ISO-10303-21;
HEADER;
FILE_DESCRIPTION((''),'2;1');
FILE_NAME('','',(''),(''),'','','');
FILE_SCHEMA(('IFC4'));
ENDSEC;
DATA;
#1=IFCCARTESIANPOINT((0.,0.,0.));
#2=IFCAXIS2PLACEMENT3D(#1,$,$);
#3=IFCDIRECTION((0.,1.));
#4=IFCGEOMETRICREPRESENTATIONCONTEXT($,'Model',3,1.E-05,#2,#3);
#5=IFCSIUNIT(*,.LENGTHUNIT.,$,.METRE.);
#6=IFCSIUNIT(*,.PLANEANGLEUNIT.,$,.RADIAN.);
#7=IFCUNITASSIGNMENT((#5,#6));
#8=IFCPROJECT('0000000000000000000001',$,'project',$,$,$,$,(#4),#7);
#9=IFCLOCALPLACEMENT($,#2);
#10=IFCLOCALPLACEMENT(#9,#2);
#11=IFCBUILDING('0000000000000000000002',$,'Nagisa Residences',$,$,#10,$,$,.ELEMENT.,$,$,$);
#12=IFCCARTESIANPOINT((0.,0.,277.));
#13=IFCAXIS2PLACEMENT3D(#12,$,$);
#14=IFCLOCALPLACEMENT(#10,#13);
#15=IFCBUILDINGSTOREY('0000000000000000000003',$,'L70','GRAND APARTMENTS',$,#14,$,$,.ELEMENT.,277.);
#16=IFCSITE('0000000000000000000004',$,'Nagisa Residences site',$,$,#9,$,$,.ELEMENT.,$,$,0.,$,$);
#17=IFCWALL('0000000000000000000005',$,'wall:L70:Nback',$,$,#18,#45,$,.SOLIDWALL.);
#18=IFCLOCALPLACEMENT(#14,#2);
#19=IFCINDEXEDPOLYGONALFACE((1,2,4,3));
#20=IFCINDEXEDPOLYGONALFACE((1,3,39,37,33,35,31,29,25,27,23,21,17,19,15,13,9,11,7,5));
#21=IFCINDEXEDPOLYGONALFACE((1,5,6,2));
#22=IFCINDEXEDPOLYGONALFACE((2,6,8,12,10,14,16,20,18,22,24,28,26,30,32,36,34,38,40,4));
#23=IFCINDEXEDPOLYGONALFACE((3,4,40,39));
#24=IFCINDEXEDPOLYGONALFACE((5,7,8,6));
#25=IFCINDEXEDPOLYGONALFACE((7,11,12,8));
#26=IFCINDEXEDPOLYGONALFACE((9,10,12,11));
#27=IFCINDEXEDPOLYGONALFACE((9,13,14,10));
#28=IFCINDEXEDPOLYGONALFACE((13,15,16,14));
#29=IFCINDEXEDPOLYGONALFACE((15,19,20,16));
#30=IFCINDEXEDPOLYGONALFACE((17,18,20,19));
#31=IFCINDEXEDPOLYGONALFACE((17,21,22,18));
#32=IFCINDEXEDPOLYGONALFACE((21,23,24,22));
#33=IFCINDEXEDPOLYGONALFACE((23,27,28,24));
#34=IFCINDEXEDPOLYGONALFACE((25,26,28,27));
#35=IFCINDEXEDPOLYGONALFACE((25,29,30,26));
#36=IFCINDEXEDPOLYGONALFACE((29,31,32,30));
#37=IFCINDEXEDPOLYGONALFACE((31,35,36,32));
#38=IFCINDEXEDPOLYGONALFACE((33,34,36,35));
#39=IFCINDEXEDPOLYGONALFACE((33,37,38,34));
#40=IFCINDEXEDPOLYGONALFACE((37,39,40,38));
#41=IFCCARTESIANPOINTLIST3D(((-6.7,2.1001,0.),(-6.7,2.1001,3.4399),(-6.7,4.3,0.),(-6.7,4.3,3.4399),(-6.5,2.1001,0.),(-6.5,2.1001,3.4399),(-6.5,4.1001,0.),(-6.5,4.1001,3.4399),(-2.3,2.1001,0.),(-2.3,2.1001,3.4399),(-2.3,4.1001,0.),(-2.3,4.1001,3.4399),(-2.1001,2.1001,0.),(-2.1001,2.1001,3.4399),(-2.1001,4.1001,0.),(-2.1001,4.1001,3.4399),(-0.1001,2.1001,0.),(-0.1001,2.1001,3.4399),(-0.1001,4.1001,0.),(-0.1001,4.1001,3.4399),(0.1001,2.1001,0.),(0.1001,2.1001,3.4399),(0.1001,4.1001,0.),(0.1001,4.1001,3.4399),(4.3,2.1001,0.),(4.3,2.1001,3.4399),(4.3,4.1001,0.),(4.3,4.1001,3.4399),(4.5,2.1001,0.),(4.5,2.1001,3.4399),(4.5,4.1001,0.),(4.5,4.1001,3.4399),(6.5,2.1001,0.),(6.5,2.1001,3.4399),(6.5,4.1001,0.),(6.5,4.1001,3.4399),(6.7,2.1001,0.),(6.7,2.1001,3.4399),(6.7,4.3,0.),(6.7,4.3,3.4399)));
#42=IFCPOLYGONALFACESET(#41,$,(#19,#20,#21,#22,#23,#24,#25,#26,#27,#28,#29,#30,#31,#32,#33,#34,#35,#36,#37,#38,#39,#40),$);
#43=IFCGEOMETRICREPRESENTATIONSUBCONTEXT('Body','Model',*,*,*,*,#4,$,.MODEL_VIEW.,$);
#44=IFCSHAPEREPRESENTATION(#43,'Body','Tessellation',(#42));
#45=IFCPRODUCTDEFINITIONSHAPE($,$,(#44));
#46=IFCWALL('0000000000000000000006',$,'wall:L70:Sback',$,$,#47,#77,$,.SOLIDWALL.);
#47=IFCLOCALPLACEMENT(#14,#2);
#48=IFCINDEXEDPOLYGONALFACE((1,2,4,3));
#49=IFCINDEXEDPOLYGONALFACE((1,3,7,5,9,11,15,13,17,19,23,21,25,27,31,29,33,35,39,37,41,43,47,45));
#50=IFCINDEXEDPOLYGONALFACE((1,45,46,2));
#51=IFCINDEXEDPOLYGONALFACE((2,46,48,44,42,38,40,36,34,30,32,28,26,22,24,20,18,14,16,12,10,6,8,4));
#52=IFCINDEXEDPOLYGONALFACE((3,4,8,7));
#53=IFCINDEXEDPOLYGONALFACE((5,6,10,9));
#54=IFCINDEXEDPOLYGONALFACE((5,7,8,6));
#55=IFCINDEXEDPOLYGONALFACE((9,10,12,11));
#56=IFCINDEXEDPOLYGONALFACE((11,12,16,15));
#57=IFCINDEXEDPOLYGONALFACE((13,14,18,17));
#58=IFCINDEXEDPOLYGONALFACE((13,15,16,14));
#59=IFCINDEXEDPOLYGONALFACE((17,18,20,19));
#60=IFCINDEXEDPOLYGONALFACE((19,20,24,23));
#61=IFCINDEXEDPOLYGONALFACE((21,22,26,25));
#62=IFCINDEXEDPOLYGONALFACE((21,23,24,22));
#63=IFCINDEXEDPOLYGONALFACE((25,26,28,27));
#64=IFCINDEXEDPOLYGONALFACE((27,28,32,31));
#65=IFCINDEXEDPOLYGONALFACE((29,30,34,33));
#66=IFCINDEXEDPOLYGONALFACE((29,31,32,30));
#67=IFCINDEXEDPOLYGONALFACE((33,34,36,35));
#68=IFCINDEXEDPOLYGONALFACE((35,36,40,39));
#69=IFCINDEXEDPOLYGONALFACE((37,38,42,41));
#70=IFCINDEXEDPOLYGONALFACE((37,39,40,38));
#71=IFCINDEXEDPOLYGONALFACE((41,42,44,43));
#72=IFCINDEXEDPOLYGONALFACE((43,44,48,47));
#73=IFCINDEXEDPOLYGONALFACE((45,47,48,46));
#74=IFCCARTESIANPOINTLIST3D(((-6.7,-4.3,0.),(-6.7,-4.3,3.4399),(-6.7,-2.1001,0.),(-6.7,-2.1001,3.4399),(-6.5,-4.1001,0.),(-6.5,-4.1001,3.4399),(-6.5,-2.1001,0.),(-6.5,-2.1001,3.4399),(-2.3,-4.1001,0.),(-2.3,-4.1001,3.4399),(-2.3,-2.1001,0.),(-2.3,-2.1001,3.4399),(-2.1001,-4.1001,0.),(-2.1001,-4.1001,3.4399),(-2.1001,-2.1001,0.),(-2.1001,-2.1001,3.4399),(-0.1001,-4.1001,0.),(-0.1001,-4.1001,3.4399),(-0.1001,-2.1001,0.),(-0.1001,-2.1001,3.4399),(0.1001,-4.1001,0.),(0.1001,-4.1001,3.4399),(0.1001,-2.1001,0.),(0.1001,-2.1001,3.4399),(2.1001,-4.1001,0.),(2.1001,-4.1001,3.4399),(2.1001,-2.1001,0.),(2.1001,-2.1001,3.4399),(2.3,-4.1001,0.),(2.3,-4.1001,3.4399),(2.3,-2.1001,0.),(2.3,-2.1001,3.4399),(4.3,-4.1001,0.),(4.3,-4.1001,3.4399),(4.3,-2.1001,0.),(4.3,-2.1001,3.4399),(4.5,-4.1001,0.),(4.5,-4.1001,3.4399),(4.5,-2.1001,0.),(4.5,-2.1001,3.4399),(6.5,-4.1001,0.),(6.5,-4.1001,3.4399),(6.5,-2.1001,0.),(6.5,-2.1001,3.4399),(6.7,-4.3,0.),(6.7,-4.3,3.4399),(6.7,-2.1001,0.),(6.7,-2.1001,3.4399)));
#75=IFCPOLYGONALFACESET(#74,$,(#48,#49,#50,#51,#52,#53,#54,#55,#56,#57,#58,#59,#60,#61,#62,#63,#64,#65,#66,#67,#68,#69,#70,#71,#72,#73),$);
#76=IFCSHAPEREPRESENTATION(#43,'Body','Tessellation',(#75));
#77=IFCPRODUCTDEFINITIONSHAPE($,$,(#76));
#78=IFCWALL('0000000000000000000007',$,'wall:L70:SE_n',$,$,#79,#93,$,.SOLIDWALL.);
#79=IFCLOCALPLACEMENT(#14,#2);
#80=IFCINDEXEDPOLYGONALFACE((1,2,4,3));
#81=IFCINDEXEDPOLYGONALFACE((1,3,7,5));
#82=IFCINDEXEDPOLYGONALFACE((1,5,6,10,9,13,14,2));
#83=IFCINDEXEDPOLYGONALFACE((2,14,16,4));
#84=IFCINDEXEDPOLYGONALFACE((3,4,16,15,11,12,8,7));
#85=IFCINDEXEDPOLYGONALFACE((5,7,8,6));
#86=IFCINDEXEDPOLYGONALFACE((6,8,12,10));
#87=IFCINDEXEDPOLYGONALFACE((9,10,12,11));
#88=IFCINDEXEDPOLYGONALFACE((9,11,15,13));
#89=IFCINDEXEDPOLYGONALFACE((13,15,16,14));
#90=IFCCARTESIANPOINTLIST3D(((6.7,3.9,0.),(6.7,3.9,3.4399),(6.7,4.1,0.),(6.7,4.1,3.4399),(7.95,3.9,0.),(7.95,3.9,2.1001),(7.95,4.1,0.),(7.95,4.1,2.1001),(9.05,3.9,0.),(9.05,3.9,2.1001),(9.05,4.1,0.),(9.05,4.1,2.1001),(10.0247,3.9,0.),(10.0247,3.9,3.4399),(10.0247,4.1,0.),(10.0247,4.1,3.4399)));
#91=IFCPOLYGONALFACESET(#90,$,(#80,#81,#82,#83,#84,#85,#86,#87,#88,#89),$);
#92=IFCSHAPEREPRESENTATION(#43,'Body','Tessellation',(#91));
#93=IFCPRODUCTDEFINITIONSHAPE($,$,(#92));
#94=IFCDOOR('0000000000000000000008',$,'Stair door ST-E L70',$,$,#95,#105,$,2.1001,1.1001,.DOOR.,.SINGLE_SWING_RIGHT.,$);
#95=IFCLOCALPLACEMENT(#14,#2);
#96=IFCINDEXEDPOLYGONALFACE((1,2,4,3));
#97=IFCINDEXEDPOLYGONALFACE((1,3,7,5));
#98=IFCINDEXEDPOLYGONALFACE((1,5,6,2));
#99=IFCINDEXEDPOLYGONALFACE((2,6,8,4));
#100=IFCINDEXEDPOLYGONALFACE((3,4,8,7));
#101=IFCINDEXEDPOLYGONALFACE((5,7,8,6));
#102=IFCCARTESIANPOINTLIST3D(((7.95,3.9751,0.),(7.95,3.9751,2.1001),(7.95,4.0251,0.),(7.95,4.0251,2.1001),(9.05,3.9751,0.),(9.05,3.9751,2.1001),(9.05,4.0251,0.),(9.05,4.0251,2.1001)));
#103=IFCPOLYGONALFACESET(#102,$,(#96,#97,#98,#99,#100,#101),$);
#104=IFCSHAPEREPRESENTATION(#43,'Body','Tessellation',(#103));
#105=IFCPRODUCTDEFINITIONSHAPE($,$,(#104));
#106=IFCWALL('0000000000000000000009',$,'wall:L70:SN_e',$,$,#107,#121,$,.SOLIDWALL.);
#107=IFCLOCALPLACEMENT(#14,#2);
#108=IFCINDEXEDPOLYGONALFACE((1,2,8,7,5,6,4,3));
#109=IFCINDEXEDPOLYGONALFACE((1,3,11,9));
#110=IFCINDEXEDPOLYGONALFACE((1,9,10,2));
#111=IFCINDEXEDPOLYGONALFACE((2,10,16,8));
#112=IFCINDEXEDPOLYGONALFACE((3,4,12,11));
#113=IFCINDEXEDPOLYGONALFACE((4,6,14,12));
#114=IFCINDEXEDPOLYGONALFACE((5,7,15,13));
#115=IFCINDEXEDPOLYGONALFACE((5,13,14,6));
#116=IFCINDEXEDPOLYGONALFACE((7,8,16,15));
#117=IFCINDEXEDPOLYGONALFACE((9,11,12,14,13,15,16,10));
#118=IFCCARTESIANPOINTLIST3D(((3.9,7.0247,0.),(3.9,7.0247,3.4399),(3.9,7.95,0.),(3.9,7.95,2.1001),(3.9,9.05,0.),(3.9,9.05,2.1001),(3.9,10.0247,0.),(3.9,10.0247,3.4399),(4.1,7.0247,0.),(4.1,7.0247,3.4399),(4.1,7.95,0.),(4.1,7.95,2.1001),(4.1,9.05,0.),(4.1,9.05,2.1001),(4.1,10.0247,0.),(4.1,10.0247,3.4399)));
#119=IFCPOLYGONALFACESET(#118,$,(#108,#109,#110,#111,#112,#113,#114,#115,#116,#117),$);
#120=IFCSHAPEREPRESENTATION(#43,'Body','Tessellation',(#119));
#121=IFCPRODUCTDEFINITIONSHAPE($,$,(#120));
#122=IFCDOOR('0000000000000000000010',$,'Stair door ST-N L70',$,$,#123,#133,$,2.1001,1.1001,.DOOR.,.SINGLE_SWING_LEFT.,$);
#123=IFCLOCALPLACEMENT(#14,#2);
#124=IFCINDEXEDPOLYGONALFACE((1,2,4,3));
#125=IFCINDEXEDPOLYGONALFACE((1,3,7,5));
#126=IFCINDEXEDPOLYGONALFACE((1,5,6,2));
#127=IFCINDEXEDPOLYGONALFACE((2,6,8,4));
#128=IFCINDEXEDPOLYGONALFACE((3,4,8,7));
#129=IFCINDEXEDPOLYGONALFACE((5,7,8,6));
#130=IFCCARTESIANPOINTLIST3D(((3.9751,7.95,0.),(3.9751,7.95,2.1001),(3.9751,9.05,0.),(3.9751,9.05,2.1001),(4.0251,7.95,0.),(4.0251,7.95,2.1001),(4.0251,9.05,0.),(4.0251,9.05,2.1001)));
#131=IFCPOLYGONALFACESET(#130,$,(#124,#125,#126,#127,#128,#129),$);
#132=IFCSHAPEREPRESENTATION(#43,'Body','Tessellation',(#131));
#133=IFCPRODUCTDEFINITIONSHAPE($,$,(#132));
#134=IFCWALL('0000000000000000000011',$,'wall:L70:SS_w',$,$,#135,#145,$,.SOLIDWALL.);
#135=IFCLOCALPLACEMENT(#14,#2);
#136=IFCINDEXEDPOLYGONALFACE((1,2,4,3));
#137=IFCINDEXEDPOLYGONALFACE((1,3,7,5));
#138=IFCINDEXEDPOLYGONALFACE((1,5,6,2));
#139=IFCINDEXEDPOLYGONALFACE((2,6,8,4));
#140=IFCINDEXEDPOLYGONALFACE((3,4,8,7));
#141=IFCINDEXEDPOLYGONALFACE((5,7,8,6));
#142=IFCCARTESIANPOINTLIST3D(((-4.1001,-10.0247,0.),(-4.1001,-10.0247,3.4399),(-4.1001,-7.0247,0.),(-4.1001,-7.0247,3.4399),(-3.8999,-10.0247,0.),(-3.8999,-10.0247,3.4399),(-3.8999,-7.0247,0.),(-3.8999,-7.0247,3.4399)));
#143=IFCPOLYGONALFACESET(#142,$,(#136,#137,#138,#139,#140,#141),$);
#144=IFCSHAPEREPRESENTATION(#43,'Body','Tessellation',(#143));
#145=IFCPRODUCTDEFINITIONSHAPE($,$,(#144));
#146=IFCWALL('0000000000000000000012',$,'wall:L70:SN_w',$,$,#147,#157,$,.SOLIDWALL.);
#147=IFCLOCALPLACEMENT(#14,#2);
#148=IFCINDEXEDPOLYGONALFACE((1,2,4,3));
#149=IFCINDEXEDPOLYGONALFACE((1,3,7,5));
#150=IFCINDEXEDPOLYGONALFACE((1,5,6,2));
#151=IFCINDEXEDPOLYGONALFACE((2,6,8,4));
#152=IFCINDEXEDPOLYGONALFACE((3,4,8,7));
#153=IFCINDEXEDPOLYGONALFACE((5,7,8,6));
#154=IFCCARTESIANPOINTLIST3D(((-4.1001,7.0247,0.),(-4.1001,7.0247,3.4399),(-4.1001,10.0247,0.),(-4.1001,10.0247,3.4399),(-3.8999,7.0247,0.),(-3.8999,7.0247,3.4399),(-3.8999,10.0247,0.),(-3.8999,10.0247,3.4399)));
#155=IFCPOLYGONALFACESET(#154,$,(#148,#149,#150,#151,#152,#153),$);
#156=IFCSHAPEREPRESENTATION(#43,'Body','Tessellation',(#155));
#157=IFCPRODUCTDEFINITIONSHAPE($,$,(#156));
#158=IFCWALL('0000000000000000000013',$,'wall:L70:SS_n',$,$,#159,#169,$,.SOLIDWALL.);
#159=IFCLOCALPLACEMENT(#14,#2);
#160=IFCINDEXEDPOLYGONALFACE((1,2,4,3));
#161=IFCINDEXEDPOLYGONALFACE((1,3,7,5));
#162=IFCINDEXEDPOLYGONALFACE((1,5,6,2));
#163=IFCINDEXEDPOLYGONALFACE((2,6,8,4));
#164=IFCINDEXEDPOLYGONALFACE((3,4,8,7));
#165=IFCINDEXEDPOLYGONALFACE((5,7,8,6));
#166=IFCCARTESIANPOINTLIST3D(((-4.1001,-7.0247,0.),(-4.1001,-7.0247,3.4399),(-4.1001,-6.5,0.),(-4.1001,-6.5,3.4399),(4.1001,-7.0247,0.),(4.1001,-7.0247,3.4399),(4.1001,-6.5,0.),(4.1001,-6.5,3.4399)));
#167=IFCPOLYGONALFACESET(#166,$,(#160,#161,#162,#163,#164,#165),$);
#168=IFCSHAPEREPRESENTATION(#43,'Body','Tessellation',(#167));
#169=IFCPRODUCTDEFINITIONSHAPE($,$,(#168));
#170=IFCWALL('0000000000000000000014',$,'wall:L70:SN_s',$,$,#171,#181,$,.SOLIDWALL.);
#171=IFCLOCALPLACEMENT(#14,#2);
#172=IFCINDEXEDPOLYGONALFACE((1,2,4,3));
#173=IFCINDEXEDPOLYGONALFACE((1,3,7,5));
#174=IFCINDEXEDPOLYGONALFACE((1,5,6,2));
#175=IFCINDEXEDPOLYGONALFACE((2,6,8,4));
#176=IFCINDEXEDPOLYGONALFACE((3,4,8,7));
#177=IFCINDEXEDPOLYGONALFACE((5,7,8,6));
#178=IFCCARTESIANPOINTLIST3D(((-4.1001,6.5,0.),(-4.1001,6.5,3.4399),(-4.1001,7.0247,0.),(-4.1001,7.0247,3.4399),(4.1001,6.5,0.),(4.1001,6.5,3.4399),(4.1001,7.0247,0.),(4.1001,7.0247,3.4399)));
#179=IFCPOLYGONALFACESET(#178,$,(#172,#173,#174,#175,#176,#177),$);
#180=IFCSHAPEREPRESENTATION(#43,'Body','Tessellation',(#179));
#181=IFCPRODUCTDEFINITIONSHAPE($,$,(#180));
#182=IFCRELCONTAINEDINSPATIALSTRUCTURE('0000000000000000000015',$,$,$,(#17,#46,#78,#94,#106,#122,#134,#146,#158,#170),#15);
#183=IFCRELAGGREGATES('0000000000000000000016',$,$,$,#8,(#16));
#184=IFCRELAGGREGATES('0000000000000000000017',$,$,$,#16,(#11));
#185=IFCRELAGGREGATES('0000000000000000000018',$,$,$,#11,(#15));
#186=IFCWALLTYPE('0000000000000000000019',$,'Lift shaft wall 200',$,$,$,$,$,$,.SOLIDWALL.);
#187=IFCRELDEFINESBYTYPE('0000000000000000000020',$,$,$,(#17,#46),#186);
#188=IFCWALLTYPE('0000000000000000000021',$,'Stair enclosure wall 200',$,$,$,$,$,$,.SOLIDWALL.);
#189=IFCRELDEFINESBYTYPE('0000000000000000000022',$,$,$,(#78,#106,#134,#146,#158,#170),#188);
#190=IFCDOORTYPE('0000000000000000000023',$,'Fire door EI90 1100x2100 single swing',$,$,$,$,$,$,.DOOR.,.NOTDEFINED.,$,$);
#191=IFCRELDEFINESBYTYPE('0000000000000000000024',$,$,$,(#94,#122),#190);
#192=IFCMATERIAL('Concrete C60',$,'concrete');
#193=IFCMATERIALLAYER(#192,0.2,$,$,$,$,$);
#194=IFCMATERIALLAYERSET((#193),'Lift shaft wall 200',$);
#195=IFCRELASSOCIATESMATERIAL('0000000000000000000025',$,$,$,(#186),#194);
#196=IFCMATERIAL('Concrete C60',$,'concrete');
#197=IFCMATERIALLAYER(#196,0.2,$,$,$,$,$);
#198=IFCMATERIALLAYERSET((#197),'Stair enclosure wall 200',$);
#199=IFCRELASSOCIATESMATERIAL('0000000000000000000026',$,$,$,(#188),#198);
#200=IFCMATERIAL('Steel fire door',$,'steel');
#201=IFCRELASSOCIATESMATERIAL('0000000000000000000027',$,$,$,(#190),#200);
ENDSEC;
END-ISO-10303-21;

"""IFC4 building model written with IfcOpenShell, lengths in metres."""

from ifc_helpers import new_model, si_unit, direction, frame, frame_2d, origin, place, context, subcontext, project, spatial, polyline, rectangle, outline, extrude, material, layer, layer_set, type_object, element, fill, save


model = new_model("IFC4")

# Units and contexts
model_context = context("Model", 3, precision=1e-05, world=origin(), true_north=direction((0.0, 1.0)))
body_context = subcontext(model_context, "Body", "Model", "MODEL_VIEW")
ifc_project = project(units=[si_unit("LENGTHUNIT", "METRE"), si_unit("PLANEANGLEUNIT", "RADIAN")], contexts=[model_context])

# Site, building, storey
site_placement = place(None, origin())
site = spatial("IfcSite", under=ifc_project, at=site_placement, Name="Nagisa Residences site", CompositionType="ELEMENT", RefElevation=0.0)
building_placement = place(site_placement, origin())
building = spatial("IfcBuilding", under=site, at=building_placement, Name="Nagisa Residences", CompositionType="ELEMENT")
storey_placement = place(building_placement, frame((0.0, 0.0, 277.0)))
storey = spatial("IfcBuildingStorey", under=building, at=storey_placement, Name="L70", Description="GRAND APARTMENTS", CompositionType="ELEMENT", Elevation=277.0)

# Shared definitions
ifc_material_1 = material(Name="Concrete C60", Category="concrete")
ifc_layer_1 = layer(ifc_material_1, 0.2)
ifc_layer_set_1 = layer_set([ifc_layer_1], Name="Lift shaft wall 200")
wall_type_1 = type_object("IfcWallType", Name="Lift shaft wall 200", PredefinedType="SOLIDWALL", material=ifc_layer_set_1)

# Walls
wall_1_placement = place(storey_placement, origin())
element("IfcWall", 1, at=wall_1_placement, inside=storey, type_object=wall_type_1, Name="wall:L70:Nback", PredefinedType="SOLIDWALL", context=body_context, shape_type="SweptSolid", body=[
    extrude(outline(polyline([(-6.7, 4.3), (6.7, 4.3), (6.7, 2.1001), (6.5, 2.1001), (6.5, 4.1001), (4.5, 4.1001), (4.5, 2.1001), (4.3, 2.1001), (4.3, 4.1001), (0.1001, 4.1001), (0.1001, 2.1001), (-0.1001, 2.1001), (-0.1001, 4.1001), (-2.1001, 4.1001), (-2.1001, 2.1001), (-2.3, 2.1001), (-2.3, 4.1001), (-6.5, 4.1001), (-6.5, 2.1001), (-6.7, 2.1001), (-6.7, 4.3)])), origin(), (0.0, 0.0, 1.0), 3.4399),
])
wall_2_placement = place(storey_placement, origin())
element("IfcWall", 2, at=wall_2_placement, inside=storey, type_object=wall_type_1, Name="wall:L70:Sback", PredefinedType="SOLIDWALL", context=body_context, shape_type="SweptSolid", body=[
    extrude(outline(polyline([(-6.7, -2.1001), (-6.5, -2.1001), (-6.5, -4.1001), (-2.3, -4.1001), (-2.3, -2.1001), (-2.1001, -2.1001), (-2.1001, -4.1001), (-0.1001, -4.1001), (-0.1001, -2.1001), (0.1001, -2.1001), (0.1001, -4.1001), (2.1001, -4.1001), (2.1001, -2.1001), (2.3, -2.1001), (2.3, -4.1001), (4.3, -4.1001), (4.3, -2.1001), (4.5, -2.1001), (4.5, -4.1001), (6.5, -4.1001), (6.5, -2.1001), (6.7, -2.1001), (6.7, -4.3), (-6.7, -4.3), (-6.7, -2.1001)])), origin(), (0.0, 0.0, 1.0), 3.4399),
])

# Walls, openings, doors
ifc_material_2 = material(Name="Concrete C60", Category="concrete")
ifc_layer_2 = layer(ifc_material_2, 0.2)
ifc_layer_set_2 = layer_set([ifc_layer_2], Name="Stair enclosure wall 200")
wall_type_2 = type_object("IfcWallType", Name="Stair enclosure wall 200", PredefinedType="SOLIDWALL", material=ifc_layer_set_2)
wall_3_placement = place(storey_placement, frame((6.7, 4.0, 0.0), z_axis=(0.0, 0.0, 1.0), x_axis=(1.0, 0.0, 0.0)))
wall_3 = element("IfcWall", 3, at=wall_3_placement, inside=storey, type_object=wall_type_2, Name="wall:L70:SE_n", PredefinedType="SOLIDWALL", context=body_context, shape_type="SweptSolid", body=[
    extrude(rectangle(XDim=3.3247, YDim=0.2, at=frame_2d((1.6624, 0.0))), origin(), (0.0, 0.0, 1.0), 3.4399),
])
opening_1_placement = place(wall_3_placement, frame((1.25, 0.0, 0.0)))
opening_1 = element("IfcOpeningElement", 4, at=opening_1_placement, cuts=wall_3, PredefinedType="OPENING", context=body_context, shape_type="SweptSolid", body=[
    extrude(rectangle(XDim=1.1001, YDim=2.1001, at=frame_2d((0.55, 1.05))), frame((0.0, 0.1099, 0.0), z_axis=(0.0, -1.0, 0.0), x_axis=(1.0, 0.0, 0.0)), (0.0, 0.0, 1.0), 0.22),
])
ifc_material_3 = material(Name="Steel fire door", Category="steel")
door_type_1 = type_object("IfcDoorType", Name="Fire door EI90 1100x2100 single swing", OperationType="NOTDEFINED", PredefinedType="DOOR", material=ifc_material_3)
door_1_placement = place(opening_1_placement, frame((1.1001, 0.0, 0.0), x_axis=(-1.0, 0.0, 0.0)))
door_1 = element("IfcDoor", 5, at=door_1_placement, inside=storey, type_object=door_type_1, Name="Stair door ST-E L70", OperationType="SINGLE_SWING_RIGHT", OverallHeight=2.1001, OverallWidth=1.1001, PredefinedType="DOOR", context=body_context, shape_type="SweptSolid", body=[
    extrude(rectangle(XDim=1.1001, YDim=2.1001, at=frame_2d((0.55, 1.05))), frame((0.0, 0.0249, 0.0), z_axis=(0.0, -1.0, 0.0), x_axis=(1.0, 0.0, 0.0)), (0.0, 0.0, 1.0), 0.05),
])
fill(opening_1, door_1)
wall_4_placement = place(storey_placement, frame((4.0, 7.0247, 0.0), z_axis=(0.0, 0.0, 1.0), x_axis=(0.0, 1.0, 0.0)))
wall_4 = element("IfcWall", 6, at=wall_4_placement, inside=storey, type_object=wall_type_2, Name="wall:L70:SN_e", PredefinedType="SOLIDWALL", context=body_context, shape_type="SweptSolid", body=[
    extrude(rectangle(XDim=3.0, YDim=0.2, at=frame_2d((1.5, 0.0))), origin(), (0.0, 0.0, 1.0), 3.4399),
])
opening_2_placement = place(wall_4_placement, frame((0.9253, 0.0, 0.0)))
opening_2 = element("IfcOpeningElement", 7, at=opening_2_placement, cuts=wall_4, PredefinedType="OPENING", context=body_context, shape_type="SweptSolid", body=[
    extrude(rectangle(XDim=1.1001, YDim=2.1001, at=frame_2d((0.55, 1.05))), frame((0.0, 0.1099, 0.0), z_axis=(0.0, -1.0, 0.0), x_axis=(1.0, 0.0, 0.0)), (0.0, 0.0, 1.0), 0.22),
])
door_2_placement = place(opening_2_placement, origin())
door_2 = element("IfcDoor", 8, at=door_2_placement, inside=storey, type_object=door_type_1, Name="Stair door ST-N L70", OperationType="SINGLE_SWING_LEFT", OverallHeight=2.1001, OverallWidth=1.1001, PredefinedType="DOOR", context=body_context, shape_type="SweptSolid", body=[
    extrude(rectangle(XDim=1.1001, YDim=2.1001, at=frame_2d((0.55, 1.05))), frame((0.0, 0.0249, 0.0), z_axis=(0.0, -1.0, 0.0), x_axis=(1.0, 0.0, 0.0)), (0.0, 0.0, 1.0), 0.05),
])
fill(opening_2, door_2)

# Walls
wall_5_placement = place(storey_placement, origin())
element("IfcWall", 9, at=wall_5_placement, inside=storey, type_object=wall_type_2, Name="wall:L70:SS_w", PredefinedType="SOLIDWALL", context=body_context, shape_type="SweptSolid", body=[
    extrude(outline(polyline([(-3.8999, -10.0247), (-4.1001, -10.0247), (-4.1001, -7.0247), (-3.8999, -7.0247), (-3.8999, -10.0247)])), origin(), (0.0, 0.0, 1.0), 3.4399),
])
wall_6_placement = place(storey_placement, origin())
element("IfcWall", 10, at=wall_6_placement, inside=storey, type_object=wall_type_2, Name="wall:L70:SN_w", PredefinedType="SOLIDWALL", context=body_context, shape_type="SweptSolid", body=[
    extrude(outline(polyline([(-3.8999, 7.0247), (-4.1001, 7.0247), (-4.1001, 10.0247), (-3.8999, 10.0247), (-3.8999, 7.0247)])), origin(), (0.0, 0.0, 1.0), 3.4399),
])
wall_7_placement = place(storey_placement, origin())
element("IfcWall", 11, at=wall_7_placement, inside=storey, type_object=wall_type_2, Name="wall:L70:SS_n", PredefinedType="SOLIDWALL", context=body_context, shape_type="SweptSolid", body=[
    extrude(outline(polyline([(4.1001, -7.0247), (-4.1001, -7.0247), (-4.1001, -6.5), (4.1001, -6.5), (4.1001, -7.0247)])), origin(), (0.0, 0.0, 1.0), 3.4399),
])
wall_8_placement = place(storey_placement, origin())
element("IfcWall", 12, at=wall_8_placement, inside=storey, type_object=wall_type_2, Name="wall:L70:SN_s", PredefinedType="SOLIDWALL", context=body_context, shape_type="SweptSolid", body=[
    extrude(outline(polyline([(4.1001, 6.5), (-4.1001, 6.5), (-4.1001, 7.0247), (4.1001, 7.0247), (4.1001, 6.5)])), origin(), (0.0, 0.0, 1.0), 3.4399),
])

save(model, "model.ifc")
